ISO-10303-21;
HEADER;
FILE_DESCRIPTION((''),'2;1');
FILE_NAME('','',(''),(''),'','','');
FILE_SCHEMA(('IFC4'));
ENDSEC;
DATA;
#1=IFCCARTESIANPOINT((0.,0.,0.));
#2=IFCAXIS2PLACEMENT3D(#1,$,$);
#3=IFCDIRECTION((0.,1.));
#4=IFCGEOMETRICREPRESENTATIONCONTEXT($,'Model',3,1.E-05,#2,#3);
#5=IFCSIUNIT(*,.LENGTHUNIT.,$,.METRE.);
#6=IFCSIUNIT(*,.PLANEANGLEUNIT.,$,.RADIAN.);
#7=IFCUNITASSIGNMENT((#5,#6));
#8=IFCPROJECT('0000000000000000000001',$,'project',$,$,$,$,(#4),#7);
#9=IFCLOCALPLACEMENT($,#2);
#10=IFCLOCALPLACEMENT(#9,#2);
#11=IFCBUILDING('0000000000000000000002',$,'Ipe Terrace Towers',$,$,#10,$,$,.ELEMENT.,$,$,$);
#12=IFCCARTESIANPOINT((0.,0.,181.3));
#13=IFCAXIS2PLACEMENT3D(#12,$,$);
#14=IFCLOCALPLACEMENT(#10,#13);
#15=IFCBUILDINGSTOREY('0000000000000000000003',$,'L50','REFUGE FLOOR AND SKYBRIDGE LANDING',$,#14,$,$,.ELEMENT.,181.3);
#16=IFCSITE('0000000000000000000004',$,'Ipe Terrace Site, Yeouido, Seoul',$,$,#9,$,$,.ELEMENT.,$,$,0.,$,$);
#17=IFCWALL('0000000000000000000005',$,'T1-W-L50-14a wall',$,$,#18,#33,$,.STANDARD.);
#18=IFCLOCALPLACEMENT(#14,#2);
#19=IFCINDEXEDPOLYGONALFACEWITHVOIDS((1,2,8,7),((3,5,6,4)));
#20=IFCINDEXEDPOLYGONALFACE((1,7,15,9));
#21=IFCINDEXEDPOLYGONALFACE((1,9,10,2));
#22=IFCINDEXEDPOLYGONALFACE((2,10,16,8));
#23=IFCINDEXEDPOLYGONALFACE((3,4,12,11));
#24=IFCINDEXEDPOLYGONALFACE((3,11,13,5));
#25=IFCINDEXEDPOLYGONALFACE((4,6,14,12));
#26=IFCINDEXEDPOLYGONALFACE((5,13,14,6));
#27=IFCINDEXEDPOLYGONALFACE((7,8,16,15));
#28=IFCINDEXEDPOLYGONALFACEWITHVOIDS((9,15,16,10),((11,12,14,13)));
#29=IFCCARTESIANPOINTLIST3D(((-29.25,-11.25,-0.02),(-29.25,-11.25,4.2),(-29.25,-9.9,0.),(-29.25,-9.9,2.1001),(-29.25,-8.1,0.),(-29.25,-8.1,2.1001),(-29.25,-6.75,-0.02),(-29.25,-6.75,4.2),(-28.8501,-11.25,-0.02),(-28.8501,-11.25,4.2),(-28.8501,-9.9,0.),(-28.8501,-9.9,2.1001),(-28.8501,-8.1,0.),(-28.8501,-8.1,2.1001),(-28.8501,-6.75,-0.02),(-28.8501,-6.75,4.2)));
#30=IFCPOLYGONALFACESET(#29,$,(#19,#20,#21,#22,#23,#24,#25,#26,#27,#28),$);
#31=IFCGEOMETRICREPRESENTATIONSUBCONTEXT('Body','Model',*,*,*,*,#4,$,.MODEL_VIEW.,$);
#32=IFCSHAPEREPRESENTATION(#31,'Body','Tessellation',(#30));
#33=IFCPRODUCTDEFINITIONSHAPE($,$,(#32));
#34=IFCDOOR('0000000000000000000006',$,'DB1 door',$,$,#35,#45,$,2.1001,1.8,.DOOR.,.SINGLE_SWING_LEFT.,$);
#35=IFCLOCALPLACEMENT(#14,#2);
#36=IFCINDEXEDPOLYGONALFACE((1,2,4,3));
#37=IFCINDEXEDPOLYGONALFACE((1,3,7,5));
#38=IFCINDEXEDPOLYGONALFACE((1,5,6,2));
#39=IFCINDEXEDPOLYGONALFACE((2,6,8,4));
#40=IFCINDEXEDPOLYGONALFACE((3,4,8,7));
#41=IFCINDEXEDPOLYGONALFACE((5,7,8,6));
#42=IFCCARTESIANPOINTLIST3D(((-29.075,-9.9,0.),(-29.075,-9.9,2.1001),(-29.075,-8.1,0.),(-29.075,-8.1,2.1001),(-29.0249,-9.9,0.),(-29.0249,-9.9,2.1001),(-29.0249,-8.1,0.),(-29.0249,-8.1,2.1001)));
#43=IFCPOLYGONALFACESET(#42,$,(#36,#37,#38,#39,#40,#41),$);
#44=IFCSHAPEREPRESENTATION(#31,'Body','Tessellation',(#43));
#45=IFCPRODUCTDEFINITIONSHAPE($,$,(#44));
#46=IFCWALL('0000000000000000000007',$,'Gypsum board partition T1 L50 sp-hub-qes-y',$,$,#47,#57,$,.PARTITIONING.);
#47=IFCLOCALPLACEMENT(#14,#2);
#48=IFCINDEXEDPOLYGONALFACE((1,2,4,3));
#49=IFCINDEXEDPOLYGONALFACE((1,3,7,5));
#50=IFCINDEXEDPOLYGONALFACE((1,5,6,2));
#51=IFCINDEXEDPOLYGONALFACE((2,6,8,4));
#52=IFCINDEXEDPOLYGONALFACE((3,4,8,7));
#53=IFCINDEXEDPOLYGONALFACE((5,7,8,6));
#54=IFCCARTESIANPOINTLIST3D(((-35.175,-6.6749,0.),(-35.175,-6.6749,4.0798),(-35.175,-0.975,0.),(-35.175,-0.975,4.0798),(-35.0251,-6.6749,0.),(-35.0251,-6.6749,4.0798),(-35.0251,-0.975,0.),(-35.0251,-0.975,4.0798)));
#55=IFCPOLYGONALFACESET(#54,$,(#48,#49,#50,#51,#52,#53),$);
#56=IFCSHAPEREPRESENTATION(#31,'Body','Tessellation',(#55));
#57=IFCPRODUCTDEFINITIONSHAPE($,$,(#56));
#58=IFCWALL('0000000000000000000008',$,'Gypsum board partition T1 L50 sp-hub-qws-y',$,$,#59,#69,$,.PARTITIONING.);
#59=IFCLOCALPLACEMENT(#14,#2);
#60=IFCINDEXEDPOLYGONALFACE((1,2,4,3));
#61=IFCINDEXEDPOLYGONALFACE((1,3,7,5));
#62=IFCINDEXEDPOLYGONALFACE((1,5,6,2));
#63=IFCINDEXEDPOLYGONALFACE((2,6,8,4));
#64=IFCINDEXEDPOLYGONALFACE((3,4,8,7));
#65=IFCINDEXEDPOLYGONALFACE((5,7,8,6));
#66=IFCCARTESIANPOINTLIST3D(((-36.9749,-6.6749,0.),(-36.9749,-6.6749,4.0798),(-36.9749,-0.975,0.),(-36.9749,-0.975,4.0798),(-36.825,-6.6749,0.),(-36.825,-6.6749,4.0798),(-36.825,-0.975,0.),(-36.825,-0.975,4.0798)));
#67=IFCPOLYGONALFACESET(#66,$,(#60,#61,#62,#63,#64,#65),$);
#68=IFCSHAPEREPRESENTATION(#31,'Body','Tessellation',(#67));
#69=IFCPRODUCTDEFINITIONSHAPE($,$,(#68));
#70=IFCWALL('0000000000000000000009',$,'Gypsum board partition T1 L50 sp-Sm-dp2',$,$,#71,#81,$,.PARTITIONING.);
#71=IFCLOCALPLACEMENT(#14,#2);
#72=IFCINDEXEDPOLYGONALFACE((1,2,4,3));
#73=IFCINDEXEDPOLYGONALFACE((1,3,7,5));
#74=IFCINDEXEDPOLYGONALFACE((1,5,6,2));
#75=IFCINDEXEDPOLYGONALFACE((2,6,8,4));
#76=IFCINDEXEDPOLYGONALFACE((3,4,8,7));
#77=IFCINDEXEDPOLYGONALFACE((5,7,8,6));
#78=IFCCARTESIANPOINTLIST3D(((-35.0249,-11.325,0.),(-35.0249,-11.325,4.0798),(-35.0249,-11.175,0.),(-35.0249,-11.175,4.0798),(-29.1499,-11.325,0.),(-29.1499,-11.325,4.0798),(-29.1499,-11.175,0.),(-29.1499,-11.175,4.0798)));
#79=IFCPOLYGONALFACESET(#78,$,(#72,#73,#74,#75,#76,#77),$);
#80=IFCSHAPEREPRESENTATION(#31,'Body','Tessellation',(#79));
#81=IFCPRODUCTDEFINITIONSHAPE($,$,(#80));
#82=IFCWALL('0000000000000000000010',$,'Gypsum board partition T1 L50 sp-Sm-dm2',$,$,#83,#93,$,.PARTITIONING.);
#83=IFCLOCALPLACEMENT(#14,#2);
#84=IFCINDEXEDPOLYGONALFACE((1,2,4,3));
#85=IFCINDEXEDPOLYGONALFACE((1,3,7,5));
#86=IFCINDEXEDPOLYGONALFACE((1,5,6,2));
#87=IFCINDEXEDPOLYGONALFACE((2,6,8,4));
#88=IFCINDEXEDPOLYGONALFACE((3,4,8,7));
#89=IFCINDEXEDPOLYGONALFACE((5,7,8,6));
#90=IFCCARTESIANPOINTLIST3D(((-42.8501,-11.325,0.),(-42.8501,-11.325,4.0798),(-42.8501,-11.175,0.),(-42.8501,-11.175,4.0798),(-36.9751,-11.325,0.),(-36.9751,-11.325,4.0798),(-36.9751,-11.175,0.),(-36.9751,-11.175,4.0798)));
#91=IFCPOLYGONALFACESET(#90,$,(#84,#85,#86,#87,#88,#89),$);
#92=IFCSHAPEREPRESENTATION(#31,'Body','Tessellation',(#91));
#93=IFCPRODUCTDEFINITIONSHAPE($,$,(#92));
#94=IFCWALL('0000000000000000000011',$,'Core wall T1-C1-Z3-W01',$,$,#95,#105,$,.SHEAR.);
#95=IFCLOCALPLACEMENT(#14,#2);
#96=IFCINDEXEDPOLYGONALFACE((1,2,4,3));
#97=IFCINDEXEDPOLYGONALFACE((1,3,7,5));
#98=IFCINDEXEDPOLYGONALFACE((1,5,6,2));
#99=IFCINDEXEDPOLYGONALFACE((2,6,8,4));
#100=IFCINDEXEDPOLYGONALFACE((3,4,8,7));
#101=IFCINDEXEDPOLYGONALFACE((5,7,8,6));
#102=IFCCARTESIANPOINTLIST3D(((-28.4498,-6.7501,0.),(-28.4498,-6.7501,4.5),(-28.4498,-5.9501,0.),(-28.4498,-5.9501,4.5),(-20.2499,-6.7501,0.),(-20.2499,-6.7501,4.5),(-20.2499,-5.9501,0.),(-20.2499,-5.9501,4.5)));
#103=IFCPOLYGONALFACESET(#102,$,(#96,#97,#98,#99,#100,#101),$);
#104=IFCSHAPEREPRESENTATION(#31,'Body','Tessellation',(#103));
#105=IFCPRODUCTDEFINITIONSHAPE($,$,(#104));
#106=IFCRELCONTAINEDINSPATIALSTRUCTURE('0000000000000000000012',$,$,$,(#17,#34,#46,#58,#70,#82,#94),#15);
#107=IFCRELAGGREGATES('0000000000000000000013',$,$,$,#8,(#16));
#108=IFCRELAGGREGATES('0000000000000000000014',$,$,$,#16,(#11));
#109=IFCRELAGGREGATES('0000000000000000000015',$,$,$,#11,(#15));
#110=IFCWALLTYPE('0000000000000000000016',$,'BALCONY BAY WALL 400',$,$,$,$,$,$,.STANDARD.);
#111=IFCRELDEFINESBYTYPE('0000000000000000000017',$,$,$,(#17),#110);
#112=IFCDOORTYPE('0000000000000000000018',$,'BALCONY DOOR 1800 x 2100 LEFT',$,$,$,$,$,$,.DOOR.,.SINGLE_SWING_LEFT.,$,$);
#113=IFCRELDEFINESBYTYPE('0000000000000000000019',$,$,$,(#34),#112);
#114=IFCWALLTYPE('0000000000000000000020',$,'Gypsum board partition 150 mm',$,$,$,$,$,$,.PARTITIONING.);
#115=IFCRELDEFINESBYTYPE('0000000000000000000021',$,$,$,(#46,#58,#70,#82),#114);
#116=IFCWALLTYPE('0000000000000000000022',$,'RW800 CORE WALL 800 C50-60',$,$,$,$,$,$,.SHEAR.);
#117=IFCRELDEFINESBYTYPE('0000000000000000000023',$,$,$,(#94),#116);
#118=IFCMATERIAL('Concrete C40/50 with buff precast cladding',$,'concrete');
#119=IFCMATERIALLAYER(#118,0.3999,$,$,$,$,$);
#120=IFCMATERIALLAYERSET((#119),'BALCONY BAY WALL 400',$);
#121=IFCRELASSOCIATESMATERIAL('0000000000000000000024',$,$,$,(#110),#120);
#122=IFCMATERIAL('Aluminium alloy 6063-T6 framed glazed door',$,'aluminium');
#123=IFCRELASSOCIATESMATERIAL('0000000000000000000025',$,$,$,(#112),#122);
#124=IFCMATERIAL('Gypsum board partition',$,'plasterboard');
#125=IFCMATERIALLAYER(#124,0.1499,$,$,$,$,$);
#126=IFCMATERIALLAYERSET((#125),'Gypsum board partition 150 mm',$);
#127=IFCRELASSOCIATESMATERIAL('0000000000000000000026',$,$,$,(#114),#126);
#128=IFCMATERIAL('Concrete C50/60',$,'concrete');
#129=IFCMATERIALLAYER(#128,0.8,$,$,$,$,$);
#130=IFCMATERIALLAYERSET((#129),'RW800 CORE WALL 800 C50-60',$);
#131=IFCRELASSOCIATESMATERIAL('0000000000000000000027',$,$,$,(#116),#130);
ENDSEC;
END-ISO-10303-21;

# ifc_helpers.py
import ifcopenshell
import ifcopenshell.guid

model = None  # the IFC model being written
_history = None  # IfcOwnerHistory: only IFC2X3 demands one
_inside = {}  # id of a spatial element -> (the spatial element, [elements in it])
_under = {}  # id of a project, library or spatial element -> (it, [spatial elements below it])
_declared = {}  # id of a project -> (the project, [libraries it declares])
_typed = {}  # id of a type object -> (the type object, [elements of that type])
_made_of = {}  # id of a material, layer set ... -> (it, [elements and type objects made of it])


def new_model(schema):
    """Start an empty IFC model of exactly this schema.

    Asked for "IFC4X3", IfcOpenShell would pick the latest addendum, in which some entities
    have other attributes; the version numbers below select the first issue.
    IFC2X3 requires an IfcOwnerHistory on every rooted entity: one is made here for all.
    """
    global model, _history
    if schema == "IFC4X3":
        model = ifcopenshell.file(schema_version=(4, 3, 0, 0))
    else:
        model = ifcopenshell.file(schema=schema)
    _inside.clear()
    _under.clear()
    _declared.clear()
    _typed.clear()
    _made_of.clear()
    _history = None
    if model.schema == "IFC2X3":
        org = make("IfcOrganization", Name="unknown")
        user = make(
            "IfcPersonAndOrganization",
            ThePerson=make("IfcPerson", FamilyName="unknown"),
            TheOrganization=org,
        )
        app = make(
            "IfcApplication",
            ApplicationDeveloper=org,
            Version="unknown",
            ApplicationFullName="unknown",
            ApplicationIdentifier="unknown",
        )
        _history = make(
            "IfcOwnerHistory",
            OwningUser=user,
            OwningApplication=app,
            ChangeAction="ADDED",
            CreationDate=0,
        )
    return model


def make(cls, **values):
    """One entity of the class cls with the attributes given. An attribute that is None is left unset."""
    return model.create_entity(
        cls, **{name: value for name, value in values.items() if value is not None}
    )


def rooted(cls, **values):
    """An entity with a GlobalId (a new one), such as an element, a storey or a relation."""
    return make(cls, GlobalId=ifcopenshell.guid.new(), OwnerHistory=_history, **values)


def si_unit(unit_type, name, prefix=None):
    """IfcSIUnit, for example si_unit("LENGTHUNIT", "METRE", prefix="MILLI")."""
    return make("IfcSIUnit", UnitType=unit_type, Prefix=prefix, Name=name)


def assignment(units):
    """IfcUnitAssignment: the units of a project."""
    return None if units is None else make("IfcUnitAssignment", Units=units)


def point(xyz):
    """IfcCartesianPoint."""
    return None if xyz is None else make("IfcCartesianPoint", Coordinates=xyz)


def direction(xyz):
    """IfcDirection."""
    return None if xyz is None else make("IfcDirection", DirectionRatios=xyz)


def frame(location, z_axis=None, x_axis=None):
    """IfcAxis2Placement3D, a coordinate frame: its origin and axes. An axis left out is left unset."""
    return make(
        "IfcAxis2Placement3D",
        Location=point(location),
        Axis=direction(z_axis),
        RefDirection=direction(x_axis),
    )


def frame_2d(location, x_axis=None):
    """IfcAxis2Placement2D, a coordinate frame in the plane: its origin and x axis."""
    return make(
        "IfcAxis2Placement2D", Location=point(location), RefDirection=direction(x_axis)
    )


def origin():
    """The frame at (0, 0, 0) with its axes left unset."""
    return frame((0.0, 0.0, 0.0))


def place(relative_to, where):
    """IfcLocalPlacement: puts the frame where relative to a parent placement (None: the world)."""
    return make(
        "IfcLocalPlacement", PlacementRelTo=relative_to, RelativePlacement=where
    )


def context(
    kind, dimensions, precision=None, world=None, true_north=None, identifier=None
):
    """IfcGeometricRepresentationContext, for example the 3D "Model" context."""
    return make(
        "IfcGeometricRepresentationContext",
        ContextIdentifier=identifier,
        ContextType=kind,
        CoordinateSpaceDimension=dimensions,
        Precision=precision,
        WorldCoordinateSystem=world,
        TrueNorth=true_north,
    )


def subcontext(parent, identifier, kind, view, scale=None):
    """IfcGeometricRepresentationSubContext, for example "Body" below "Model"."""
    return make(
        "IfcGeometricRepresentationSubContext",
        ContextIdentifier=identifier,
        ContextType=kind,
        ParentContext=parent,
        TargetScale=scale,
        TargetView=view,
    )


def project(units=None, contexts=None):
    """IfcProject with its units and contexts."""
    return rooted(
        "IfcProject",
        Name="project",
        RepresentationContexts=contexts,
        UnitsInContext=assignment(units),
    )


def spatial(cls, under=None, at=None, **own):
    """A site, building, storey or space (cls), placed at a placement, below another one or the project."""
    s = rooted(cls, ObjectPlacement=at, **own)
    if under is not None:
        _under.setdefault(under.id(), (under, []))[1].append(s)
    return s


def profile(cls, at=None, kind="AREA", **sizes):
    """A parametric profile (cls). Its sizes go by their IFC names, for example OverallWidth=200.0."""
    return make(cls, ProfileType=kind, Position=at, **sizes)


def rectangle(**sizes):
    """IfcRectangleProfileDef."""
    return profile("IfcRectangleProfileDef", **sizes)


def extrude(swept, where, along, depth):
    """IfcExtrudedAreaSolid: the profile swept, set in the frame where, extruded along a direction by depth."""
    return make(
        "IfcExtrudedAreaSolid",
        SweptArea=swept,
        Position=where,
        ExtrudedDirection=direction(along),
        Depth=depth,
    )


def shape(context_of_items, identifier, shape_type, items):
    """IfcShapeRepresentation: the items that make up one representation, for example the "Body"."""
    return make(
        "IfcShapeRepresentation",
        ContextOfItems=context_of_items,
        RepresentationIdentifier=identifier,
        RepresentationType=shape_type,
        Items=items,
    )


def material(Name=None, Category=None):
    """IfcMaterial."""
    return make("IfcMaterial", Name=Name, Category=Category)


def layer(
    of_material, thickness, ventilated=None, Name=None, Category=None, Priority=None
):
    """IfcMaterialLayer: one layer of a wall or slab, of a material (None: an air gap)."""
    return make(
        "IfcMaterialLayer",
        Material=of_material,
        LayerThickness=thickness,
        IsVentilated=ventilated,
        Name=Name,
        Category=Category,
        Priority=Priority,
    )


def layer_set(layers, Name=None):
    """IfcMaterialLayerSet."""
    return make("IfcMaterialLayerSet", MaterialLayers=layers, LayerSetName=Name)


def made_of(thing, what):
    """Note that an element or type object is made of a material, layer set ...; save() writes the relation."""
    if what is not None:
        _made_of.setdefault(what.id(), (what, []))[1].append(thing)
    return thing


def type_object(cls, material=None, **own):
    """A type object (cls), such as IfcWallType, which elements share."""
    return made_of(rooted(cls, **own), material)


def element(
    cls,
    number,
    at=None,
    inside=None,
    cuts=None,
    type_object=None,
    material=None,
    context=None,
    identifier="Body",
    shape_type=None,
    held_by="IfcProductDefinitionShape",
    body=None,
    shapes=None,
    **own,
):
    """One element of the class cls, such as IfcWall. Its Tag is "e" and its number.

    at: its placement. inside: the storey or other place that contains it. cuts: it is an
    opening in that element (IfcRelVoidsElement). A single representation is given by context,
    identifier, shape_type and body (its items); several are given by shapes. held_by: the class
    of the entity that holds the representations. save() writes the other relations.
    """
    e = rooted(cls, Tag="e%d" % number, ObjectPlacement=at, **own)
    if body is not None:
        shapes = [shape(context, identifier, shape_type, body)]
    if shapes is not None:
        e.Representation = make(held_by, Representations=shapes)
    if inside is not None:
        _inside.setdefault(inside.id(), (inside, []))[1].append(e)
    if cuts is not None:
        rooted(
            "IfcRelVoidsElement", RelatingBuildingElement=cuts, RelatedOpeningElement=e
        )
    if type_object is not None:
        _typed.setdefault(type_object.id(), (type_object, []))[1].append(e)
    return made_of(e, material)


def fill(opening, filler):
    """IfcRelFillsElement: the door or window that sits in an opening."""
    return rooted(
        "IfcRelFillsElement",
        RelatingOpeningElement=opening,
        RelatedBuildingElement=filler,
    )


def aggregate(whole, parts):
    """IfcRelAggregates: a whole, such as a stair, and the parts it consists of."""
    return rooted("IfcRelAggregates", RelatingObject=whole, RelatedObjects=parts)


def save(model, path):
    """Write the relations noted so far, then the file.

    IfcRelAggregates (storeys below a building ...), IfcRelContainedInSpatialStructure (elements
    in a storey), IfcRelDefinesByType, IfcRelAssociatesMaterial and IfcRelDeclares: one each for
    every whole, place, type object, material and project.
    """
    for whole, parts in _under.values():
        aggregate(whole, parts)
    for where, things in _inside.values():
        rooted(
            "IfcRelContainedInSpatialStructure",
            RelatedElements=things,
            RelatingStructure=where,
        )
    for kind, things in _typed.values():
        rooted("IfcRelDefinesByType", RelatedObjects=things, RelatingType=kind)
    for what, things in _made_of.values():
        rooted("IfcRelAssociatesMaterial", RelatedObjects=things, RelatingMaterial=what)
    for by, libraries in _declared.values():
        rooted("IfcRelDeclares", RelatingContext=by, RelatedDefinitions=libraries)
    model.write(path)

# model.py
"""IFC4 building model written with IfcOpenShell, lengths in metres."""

from ifc_helpers import new_model, si_unit, direction, frame, frame_2d, origin, place, context, subcontext, project, spatial, rectangle, extrude, material, layer, layer_set, type_object, element, fill, save


model = new_model("IFC4")

# Units and contexts
model_context = context("Model", 3, precision=1e-05, world=origin(), true_north=direction((0.0, 1.0)))
body_context = subcontext(model_context, "Body", "Model", "MODEL_VIEW")
ifc_project = project(units=[si_unit("LENGTHUNIT", "METRE"), si_unit("PLANEANGLEUNIT", "RADIAN")], contexts=[model_context])

# Site, building, storey
site_placement = place(None, origin())
site = spatial("IfcSite", under=ifc_project, at=site_placement, Name="Ipe Terrace Site, Yeouido, Seoul", CompositionType="ELEMENT", RefElevation=0.0)
building_placement = place(site_placement, origin())
building = spatial("IfcBuilding", under=site, at=building_placement, Name="Ipe Terrace Towers", CompositionType="ELEMENT")
storey_placement = place(building_placement, frame((0.0, 0.0, 181.3)))
storey = spatial("IfcBuildingStorey", under=building, at=storey_placement, Name="L50", Description="REFUGE FLOOR AND SKYBRIDGE LANDING", CompositionType="ELEMENT", Elevation=181.3)

# Wall, opening, door
ifc_material_1 = material(Name="Concrete C40/50 with buff precast cladding", Category="concrete")
ifc_layer_1 = layer(ifc_material_1, 0.3999)
ifc_layer_set_1 = layer_set([ifc_layer_1], Name="BALCONY BAY WALL 400")
wall_type_1 = type_object("IfcWallType", Name="BALCONY BAY WALL 400", PredefinedType="STANDARD", material=ifc_layer_set_1)
wall_1_placement = place(storey_placement, frame((-29.05, -11.25, -0.02), z_axis=(0.0, 0.0, 1.0), x_axis=(0.0, 1.0, 0.0)))
wall_1 = element("IfcWall", 1, at=wall_1_placement, inside=storey, type_object=wall_type_1, Name="T1-W-L50-14a wall", PredefinedType="STANDARD", context=body_context, shape_type="SweptSolid", body=[
    extrude(rectangle(XDim=4.5, YDim=0.3999, at=frame_2d((2.25, 0.0))), origin(), (0.0, 0.0, 1.0), 4.22),
])
opening_placement = place(wall_1_placement, frame((1.3501, 0.0, 0.02)))
opening = element("IfcOpeningElement", 2, at=opening_placement, cuts=wall_1, PredefinedType="OPENING", context=body_context, shape_type="SweptSolid", body=[
    extrude(rectangle(XDim=1.8, YDim=2.1001, at=frame_2d((0.8999, 1.05))), frame((0.0, 0.21, 0.0), z_axis=(0.0, -1.0, 0.0), x_axis=(1.0, 0.0, 0.0)), (0.0, 0.0, 1.0), 0.4199),
])
ifc_material_2 = material(Name="Aluminium alloy 6063-T6 framed glazed door", Category="aluminium")
door_type = type_object("IfcDoorType", Name="BALCONY DOOR 1800 x 2100 LEFT", OperationType="SINGLE_SWING_LEFT", PredefinedType="DOOR", material=ifc_material_2)
door_placement = place(opening_placement, origin())
door = element("IfcDoor", 3, at=door_placement, inside=storey, type_object=door_type, Name="DB1 door", OperationType="SINGLE_SWING_LEFT", OverallHeight=2.1001, OverallWidth=1.8, PredefinedType="DOOR", context=body_context, shape_type="SweptSolid", body=[
    extrude(rectangle(XDim=1.8, YDim=2.1001, at=frame_2d((0.8999, 1.05))), frame((0.0, 0.0249, 0.0), z_axis=(0.0, -1.0, 0.0), x_axis=(1.0, 0.0, 0.0)), (0.0, 0.0, 1.0), 0.05),
])
fill(opening, door)

# Walls
ifc_material_3 = material(Name="Gypsum board partition", Category="plasterboard")
ifc_layer_2 = layer(ifc_material_3, 0.1499)
ifc_layer_set_2 = layer_set([ifc_layer_2], Name="Gypsum board partition 150 mm")
wall_type_2 = type_object("IfcWallType", Name="Gypsum board partition 150 mm", PredefinedType="PARTITIONING", material=ifc_layer_set_2)
for number, where, z_axis, x_axis, name in (
    (4, (-35.1001, -6.675, 0.0), (0.0, 0.0, 1.0), (0.0, 1.0, 0.0), "Gypsum board partition T1 L50 sp-hub-qes-y"),
    (5, (-36.8999, -6.675, 0.0), (0.0, 0.0, 1.0), (0.0, 1.0, 0.0), "Gypsum board partition T1 L50 sp-hub-qws-y"),
):
    element("IfcWall", number, at=place(storey_placement, frame(where, z_axis=z_axis, x_axis=x_axis)), inside=storey, type_object=wall_type_2, Name=name, PredefinedType="PARTITIONING", context=body_context, shape_type="SweptSolid", body=[
        extrude(rectangle(XDim=5.7, YDim=0.1499, at=frame_2d((2.8501, 0.0))), origin(), (0.0, 0.0, 1.0), 4.0798),
    ])
for number, where, z_axis, x_axis, name in (
    (6, (-35.0249, -11.25, 0.0), (0.0, 0.0, 1.0), (1.0, 0.0, 0.0), "Gypsum board partition T1 L50 sp-Sm-dp2"),
    (7, (-36.9751, -11.25, 0.0), (0.0, 0.0, 1.0), (-1.0, 0.0, 0.0), "Gypsum board partition T1 L50 sp-Sm-dm2"),
):
    element("IfcWall", number, at=place(storey_placement, frame(where, z_axis=z_axis, x_axis=x_axis)), inside=storey, type_object=wall_type_2, Name=name, PredefinedType="PARTITIONING", context=body_context, shape_type="SweptSolid", body=[
        extrude(rectangle(XDim=5.875, YDim=0.1499, at=frame_2d((2.9375, 0.0))), origin(), (0.0, 0.0, 1.0), 4.0798),
    ])
ifc_material_4 = material(Name="Concrete C50/60", Category="concrete")
ifc_layer_3 = layer(ifc_material_4, 0.8)
ifc_layer_set_3 = layer_set([ifc_layer_3], Name="RW800 CORE WALL 800 C50-60")
wall_type_3 = type_object("IfcWallType", Name="RW800 CORE WALL 800 C50-60", PredefinedType="SHEAR", material=ifc_layer_set_3)
wall_2_placement = place(storey_placement, frame((-28.45, -6.3501, 0.0), z_axis=(0.0, 0.0, 1.0), x_axis=(1.0, 0.0, 0.0)))
element("IfcWall", 8, at=wall_2_placement, inside=storey, type_object=wall_type_3, Name="Core wall T1-C1-Z3-W01", PredefinedType="SHEAR", context=body_context, shape_type="SweptSolid", body=[
    extrude(rectangle(XDim=8.2, YDim=0.8, at=frame_2d((4.1001, 0.0))), origin(), (0.0, 0.0, 1.0), 4.5),
])

save(model, "model.ifc")
